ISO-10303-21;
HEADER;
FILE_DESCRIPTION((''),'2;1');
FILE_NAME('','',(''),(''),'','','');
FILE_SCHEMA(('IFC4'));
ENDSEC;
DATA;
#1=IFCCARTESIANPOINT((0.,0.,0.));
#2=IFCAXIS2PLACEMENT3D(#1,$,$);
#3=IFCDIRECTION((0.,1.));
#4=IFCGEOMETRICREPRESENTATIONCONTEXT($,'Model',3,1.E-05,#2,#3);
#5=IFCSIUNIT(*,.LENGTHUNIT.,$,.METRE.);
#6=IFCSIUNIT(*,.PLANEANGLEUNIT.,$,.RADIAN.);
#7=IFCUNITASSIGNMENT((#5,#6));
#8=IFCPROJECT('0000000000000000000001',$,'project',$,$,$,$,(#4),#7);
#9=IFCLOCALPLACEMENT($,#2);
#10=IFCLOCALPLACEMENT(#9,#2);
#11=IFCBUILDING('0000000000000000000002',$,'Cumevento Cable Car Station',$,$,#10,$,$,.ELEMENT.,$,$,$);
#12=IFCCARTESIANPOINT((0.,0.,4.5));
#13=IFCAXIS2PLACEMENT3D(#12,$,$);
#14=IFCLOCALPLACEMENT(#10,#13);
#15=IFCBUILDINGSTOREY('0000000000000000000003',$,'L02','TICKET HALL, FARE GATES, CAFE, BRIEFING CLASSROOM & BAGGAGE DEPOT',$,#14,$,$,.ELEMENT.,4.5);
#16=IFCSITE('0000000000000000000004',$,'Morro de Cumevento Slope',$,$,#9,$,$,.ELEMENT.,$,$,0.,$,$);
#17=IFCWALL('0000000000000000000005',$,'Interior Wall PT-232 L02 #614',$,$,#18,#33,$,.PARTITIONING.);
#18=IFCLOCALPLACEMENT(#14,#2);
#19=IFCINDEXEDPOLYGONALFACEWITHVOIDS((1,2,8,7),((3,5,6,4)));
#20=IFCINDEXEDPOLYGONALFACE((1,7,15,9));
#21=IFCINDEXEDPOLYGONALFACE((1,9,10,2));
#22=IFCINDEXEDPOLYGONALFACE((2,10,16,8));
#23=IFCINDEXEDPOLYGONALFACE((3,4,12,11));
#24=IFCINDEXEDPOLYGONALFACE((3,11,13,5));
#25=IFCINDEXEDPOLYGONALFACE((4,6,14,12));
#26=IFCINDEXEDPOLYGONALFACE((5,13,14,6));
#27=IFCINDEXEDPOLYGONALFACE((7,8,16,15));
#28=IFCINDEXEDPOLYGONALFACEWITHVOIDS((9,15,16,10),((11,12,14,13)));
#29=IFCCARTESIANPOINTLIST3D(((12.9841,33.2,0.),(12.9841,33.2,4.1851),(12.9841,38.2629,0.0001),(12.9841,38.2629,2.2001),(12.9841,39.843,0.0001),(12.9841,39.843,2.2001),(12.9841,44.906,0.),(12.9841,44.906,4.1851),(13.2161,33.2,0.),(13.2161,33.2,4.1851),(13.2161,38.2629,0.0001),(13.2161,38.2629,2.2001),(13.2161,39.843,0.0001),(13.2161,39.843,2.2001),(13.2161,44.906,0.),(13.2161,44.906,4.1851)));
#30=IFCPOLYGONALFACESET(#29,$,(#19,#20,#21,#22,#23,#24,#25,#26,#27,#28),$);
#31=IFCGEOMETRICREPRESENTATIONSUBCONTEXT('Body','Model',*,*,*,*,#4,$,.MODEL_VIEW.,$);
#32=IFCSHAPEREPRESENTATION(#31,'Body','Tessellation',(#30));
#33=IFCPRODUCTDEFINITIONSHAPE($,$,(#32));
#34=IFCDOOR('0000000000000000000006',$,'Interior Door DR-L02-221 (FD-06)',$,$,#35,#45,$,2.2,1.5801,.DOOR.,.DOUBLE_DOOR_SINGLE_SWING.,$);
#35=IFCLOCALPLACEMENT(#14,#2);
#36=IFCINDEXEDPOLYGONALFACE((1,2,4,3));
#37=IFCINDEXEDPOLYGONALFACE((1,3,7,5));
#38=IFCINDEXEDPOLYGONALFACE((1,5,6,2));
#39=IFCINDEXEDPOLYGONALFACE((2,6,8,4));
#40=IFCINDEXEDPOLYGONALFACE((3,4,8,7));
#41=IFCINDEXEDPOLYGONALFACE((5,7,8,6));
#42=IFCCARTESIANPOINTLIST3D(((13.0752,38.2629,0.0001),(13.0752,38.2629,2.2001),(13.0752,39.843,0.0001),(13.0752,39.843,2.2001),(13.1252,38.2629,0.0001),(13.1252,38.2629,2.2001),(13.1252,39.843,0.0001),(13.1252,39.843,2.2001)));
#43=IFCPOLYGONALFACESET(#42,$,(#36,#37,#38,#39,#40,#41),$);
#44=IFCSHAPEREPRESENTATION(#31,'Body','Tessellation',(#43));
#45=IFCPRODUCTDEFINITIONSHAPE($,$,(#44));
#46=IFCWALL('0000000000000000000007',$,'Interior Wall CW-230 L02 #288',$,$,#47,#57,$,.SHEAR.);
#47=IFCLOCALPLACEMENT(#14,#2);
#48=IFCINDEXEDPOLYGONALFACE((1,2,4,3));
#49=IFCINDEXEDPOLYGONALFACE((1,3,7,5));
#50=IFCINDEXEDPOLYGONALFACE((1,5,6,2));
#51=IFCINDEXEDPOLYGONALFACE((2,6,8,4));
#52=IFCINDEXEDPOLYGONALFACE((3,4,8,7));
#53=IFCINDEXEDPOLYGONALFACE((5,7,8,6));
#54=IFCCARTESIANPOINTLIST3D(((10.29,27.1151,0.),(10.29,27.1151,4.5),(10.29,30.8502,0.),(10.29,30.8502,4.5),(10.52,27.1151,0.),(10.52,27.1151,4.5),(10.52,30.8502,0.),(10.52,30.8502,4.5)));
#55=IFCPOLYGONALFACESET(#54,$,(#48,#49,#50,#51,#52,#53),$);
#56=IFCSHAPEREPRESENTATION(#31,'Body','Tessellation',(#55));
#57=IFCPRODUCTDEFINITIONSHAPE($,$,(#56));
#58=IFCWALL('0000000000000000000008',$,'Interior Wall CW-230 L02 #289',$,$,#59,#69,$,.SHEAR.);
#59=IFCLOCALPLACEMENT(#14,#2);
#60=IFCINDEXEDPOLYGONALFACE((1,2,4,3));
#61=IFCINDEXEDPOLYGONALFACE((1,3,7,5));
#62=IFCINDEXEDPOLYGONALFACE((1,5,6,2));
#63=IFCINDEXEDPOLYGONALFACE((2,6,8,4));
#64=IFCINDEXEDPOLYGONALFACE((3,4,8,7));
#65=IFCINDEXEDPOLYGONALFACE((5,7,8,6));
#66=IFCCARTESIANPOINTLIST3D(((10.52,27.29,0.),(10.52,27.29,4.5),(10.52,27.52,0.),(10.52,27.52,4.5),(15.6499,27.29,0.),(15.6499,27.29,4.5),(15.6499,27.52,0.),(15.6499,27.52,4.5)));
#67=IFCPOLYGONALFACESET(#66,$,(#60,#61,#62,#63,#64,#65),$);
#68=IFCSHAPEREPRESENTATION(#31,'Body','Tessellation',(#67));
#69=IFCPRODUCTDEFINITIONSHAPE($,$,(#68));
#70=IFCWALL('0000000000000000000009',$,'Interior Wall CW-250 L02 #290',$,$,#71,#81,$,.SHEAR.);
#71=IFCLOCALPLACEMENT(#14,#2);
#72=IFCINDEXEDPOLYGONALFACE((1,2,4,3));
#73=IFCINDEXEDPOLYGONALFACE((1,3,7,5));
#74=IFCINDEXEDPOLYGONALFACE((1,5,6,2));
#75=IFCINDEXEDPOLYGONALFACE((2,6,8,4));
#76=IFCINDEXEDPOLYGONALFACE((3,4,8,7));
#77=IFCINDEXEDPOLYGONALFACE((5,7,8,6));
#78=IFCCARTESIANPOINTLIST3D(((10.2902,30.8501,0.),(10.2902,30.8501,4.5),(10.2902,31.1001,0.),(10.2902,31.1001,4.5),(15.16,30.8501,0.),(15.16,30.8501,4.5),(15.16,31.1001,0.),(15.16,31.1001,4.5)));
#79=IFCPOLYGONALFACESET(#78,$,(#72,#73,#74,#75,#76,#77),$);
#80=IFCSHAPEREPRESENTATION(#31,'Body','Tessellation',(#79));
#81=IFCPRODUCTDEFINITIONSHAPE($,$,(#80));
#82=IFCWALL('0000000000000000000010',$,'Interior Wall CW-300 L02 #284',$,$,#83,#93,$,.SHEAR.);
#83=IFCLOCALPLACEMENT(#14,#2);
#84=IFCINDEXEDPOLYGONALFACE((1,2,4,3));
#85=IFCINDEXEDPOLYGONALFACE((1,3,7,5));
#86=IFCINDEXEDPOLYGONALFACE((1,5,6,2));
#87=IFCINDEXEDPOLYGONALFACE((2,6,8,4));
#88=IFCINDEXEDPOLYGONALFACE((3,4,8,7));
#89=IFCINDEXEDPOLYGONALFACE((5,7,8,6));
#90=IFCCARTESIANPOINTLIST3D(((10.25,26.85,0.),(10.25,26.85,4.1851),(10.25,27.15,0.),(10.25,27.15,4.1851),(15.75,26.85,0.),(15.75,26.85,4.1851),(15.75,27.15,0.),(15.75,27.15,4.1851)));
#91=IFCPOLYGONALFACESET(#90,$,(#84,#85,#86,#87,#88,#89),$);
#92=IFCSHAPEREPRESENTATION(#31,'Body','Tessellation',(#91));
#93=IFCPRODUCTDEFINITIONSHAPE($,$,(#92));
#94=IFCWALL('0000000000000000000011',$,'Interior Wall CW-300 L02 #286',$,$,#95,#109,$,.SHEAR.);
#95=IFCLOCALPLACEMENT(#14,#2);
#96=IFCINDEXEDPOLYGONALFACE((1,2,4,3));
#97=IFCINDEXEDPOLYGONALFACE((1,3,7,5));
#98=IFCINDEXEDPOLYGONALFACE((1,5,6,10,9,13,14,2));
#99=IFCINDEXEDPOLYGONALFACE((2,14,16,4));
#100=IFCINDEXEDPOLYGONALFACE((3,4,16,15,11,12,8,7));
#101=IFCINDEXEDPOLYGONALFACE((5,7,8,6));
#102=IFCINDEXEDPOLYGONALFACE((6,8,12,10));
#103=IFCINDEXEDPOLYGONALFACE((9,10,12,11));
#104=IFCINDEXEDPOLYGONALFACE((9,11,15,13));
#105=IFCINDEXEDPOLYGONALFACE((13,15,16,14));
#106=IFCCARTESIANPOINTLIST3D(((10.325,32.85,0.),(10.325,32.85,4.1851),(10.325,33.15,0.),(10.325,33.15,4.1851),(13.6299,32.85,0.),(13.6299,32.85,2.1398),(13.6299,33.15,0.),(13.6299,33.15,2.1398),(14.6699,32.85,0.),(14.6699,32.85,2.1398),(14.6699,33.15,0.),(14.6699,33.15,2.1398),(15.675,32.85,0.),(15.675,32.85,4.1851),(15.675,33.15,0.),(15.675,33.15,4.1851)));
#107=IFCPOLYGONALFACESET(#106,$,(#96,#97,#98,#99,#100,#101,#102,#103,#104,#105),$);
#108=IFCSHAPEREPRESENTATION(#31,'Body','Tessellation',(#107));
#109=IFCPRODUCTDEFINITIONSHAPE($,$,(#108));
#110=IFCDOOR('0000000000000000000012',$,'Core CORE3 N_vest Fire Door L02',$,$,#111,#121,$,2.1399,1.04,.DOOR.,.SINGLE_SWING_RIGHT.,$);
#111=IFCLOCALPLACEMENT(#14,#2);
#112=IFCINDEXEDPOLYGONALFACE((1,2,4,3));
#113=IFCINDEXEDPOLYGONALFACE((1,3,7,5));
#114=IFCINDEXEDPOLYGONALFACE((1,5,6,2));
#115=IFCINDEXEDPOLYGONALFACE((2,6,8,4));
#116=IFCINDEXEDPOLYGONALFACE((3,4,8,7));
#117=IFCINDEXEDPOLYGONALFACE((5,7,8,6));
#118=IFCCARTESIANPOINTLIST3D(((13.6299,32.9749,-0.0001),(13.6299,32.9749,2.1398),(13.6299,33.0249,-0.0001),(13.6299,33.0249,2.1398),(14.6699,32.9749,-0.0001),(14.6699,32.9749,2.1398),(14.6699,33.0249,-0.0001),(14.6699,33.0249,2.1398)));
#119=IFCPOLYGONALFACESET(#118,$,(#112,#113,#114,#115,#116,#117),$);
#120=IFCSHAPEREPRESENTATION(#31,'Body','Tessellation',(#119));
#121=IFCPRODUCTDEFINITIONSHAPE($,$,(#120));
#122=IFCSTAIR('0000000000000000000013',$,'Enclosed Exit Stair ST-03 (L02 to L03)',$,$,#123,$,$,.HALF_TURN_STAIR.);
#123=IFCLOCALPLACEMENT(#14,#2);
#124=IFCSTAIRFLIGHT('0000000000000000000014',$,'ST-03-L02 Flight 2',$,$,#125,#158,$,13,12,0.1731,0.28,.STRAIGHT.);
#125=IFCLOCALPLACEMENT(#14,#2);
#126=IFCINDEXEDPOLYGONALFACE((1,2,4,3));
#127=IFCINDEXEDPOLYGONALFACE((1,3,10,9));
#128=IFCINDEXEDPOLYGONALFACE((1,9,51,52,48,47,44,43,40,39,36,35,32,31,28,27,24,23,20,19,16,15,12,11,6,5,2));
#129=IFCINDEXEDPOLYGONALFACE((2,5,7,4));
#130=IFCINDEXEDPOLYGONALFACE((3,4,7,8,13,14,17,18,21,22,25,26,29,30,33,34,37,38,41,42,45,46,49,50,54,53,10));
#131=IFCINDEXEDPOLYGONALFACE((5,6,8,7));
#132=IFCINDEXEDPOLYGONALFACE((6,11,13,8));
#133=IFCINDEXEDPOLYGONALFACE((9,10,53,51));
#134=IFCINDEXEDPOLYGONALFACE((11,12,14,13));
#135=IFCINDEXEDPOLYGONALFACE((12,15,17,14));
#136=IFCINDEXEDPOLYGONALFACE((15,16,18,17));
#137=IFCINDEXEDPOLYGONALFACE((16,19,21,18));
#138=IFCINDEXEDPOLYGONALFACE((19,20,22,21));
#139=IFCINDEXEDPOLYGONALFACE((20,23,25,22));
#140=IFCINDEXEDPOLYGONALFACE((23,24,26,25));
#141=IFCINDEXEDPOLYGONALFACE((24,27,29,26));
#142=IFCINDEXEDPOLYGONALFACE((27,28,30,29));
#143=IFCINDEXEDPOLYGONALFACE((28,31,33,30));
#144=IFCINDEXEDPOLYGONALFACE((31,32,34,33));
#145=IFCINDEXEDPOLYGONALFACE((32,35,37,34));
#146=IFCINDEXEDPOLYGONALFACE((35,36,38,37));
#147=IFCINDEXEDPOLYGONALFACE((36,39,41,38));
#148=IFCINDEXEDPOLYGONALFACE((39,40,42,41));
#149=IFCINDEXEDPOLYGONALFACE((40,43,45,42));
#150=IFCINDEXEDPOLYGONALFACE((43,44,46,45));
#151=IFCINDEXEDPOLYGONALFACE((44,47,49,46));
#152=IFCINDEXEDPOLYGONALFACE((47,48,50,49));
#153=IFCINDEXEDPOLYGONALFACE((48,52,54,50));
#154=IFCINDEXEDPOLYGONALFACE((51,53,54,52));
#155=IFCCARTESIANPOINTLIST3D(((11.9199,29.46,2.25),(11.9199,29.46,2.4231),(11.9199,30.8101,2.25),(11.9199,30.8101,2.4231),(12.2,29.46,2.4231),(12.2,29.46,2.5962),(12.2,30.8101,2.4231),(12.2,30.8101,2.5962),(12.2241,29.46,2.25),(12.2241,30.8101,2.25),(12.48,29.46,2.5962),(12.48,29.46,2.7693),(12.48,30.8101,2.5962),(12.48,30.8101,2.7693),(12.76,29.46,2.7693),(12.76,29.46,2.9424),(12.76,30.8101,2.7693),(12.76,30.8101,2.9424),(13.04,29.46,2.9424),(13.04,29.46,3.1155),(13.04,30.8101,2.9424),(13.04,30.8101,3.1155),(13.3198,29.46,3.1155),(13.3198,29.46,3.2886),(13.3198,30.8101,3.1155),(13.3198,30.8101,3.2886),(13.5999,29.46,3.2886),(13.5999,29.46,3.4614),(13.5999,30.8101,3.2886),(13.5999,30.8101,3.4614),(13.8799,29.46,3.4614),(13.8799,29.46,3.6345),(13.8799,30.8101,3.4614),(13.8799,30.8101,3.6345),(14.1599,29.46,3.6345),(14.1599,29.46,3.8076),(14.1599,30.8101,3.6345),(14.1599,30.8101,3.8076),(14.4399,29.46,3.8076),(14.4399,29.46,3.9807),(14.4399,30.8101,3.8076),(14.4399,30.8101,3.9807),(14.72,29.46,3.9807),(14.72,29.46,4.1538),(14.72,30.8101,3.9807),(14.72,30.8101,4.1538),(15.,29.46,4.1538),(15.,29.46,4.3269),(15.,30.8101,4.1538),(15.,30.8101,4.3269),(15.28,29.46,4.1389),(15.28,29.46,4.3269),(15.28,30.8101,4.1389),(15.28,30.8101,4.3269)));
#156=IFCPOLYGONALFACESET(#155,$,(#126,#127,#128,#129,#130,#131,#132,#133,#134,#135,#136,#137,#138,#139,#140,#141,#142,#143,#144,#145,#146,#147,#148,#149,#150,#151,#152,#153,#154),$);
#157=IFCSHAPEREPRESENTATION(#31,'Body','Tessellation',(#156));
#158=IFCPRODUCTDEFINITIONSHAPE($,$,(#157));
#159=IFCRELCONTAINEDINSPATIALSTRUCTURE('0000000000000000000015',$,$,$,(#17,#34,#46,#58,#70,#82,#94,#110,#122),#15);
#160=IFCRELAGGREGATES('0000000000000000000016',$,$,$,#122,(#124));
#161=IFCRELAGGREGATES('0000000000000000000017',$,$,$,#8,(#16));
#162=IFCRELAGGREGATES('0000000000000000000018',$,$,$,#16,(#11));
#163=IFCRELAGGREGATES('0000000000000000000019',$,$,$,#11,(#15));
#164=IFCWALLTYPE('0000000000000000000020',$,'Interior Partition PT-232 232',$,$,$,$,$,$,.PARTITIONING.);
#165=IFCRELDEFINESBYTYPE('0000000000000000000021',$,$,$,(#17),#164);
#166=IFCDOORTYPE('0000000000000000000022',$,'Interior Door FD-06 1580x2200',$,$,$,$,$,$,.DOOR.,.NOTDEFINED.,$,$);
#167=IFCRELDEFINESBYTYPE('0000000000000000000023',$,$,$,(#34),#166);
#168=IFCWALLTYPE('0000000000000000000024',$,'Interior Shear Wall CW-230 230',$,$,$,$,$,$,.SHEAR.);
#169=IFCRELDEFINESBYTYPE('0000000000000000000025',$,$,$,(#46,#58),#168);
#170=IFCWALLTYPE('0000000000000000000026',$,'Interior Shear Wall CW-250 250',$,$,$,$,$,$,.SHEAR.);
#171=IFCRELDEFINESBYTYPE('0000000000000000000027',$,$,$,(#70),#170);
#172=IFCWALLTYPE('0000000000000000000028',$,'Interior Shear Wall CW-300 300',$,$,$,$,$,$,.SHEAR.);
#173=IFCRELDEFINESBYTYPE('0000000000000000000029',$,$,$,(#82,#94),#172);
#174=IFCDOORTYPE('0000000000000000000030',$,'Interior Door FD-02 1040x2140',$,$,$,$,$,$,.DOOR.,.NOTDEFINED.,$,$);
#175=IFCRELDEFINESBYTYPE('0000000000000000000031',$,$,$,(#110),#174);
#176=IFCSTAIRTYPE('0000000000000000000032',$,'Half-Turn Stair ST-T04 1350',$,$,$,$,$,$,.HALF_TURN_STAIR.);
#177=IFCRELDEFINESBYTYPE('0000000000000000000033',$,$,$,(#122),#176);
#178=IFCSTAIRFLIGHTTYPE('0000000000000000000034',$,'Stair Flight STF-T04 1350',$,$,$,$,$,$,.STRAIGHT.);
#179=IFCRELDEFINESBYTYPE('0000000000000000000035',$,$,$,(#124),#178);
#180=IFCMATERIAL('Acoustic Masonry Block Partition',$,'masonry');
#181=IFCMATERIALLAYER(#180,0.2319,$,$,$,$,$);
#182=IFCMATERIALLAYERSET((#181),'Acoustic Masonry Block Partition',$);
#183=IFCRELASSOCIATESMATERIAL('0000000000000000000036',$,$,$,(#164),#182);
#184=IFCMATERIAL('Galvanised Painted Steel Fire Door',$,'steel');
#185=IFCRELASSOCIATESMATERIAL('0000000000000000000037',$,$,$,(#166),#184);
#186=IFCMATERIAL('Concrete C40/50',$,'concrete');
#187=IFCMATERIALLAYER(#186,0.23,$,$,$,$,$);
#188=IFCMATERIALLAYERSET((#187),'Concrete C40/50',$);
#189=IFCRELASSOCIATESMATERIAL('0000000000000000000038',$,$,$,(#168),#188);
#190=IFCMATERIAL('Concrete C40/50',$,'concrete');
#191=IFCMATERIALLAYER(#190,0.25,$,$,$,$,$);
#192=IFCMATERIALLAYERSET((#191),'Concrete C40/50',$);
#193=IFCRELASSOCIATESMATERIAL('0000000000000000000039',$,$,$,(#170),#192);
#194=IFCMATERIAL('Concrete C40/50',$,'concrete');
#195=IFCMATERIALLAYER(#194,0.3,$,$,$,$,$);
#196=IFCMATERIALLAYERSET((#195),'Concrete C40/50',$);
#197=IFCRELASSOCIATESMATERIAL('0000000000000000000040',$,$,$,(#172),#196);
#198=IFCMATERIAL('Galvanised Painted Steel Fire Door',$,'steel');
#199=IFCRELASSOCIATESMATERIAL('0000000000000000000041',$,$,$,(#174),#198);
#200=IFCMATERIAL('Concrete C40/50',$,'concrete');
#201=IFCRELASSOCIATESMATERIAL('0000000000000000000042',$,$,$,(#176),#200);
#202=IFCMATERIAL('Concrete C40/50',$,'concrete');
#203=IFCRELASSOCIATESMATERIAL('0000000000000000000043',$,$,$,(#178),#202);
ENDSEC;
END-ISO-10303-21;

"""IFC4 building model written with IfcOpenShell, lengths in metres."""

from ifc_helpers import new_model, si_unit, direction, frame, frame_2d, origin, place, context, subcontext, project, spatial, polyline, rectangle, outline, extrude, material, layer, layer_set, type_object, element, fill, aggregate, save


model = new_model("IFC4")

# Units and contexts
model_context = context("Model", 3, precision=1e-05, world=origin(), true_north=direction((0.0, 1.0)))
body_context = subcontext(model_context, "Body", "Model", "MODEL_VIEW")
ifc_project = project(units=[si_unit("LENGTHUNIT", "METRE"), si_unit("PLANEANGLEUNIT", "RADIAN")], contexts=[model_context])

# Site, building, storey
site_placement = place(None, origin())
site = spatial("IfcSite", under=ifc_project, at=site_placement, Name="Morro de Cumevento Slope", CompositionType="ELEMENT", RefElevation=0.0)
building_placement = place(site_placement, origin())
building = spatial("IfcBuilding", under=site, at=building_placement, Name="Cumevento Cable Car Station", CompositionType="ELEMENT")
storey_placement = place(building_placement, frame((0.0, 0.0, 4.5)))
storey = spatial("IfcBuildingStorey", under=building, at=storey_placement, Name="L02", Description="TICKET HALL, FARE GATES, CAFE, BRIEFING CLASSROOM & BAGGAGE DEPOT", CompositionType="ELEMENT", Elevation=4.5)

# Wall, opening, door
ifc_material_1 = material(Name="Acoustic Masonry Block Partition", Category="masonry")
ifc_layer_1 = layer(ifc_material_1, 0.2319)
ifc_layer_set_1 = layer_set([ifc_layer_1], Name="Acoustic Masonry Block Partition")
wall_type_1 = type_object("IfcWallType", Name="Interior Partition PT-232 232", PredefinedType="PARTITIONING", material=ifc_layer_set_1)
wall_1_placement = place(storey_placement, frame((13.1001, 33.2, 0.0), z_axis=(0.0, 0.0, 1.0), x_axis=(0.0, 1.0, 0.0)))
wall_1 = element("IfcWall", 1, at=wall_1_placement, inside=storey, type_object=wall_type_1, Name="Interior Wall PT-232 L02 #614", PredefinedType="PARTITIONING", context=body_context, shape_type="SweptSolid", body=[
    extrude(rectangle(XDim=11.7061, YDim=0.2319, at=frame_2d((5.853, 0.0))), origin(), (0.0, 0.0, 1.0), 4.1851),
])
opening_1_placement = place(wall_1_placement, frame((5.063, 0.0, 0.0)))
opening_1 = element("IfcOpeningElement", 2, at=opening_1_placement, cuts=wall_1, PredefinedType="OPENING", context=body_context, shape_type="SweptSolid", body=[
    extrude(rectangle(XDim=1.5801, YDim=2.2, at=frame_2d((0.79, 1.1001))), frame((0.0, 0.126, 0.0), z_axis=(0.0, -1.0, 0.0), x_axis=(1.0, 0.0, 0.0)), (0.0, 0.0, 1.0), 0.252),
])
ifc_material_2 = material(Name="Galvanised Painted Steel Fire Door", Category="steel")
door_type_1 = type_object("IfcDoorType", Name="Interior Door FD-06 1580x2200", OperationType="NOTDEFINED", PredefinedType="DOOR", material=ifc_material_2)
door_1_placement = place(opening_1_placement, origin())
door_1 = element("IfcDoor", 3, at=door_1_placement, inside=storey, type_object=door_type_1, Name="Interior Door DR-L02-221 (FD-06)", OperationType="DOUBLE_DOOR_SINGLE_SWING", OverallHeight=2.2, OverallWidth=1.5801, PredefinedType="DOOR", context=body_context, shape_type="SweptSolid", body=[
    extrude(rectangle(XDim=1.5801, YDim=2.2, at=frame_2d((0.79, 1.1001))), frame((0.0, 0.0249, 0.0), z_axis=(0.0, -1.0, 0.0), x_axis=(1.0, 0.0, 0.0)), (0.0, 0.0, 1.0), 0.05),
])
fill(opening_1, door_1)

# Walls
ifc_material_3 = material(Name="Concrete C40/50", Category="concrete")
ifc_layer_2 = layer(ifc_material_3, 0.23)
ifc_layer_set_2 = layer_set([ifc_layer_2], Name="Concrete C40/50")
wall_type_2 = type_object("IfcWallType", Name="Interior Shear Wall CW-230 230", PredefinedType="SHEAR", material=ifc_layer_set_2)
wall_2_placement = place(storey_placement, frame((10.405, 27.115, 0.0), z_axis=(0.0, 0.0, 1.0), x_axis=(0.0, 1.0, 0.0)))
element("IfcWall", 4, at=wall_2_placement, inside=storey, type_object=wall_type_2, Name="Interior Wall CW-230 L02 #288", PredefinedType="SHEAR", context=body_context, shape_type="SweptSolid", body=[
    extrude(rectangle(XDim=3.7351, YDim=0.23, at=frame_2d((1.8677, 0.0))), origin(), (0.0, 0.0, 1.0), 4.5),
])
wall_3_placement = place(storey_placement, frame((10.52, 27.405, 0.0), z_axis=(0.0, 0.0, 1.0), x_axis=(1.0, 0.0, 0.0)))
element("IfcWall", 5, at=wall_3_placement, inside=storey, type_object=wall_type_2, Name="Interior Wall CW-230 L02 #289", PredefinedType="SHEAR", context=body_context, shape_type="SweptSolid", body=[
    extrude(rectangle(XDim=5.1299, YDim=0.23, at=frame_2d((2.5649, 0.0))), origin(), (0.0, 0.0, 1.0), 4.5),
])
ifc_material_4 = material(Name="Concrete C40/50", Category="concrete")
ifc_layer_3 = layer(ifc_material_4, 0.25)
ifc_layer_set_3 = layer_set([ifc_layer_3], Name="Concrete C40/50")
wall_type_3 = type_object("IfcWallType", Name="Interior Shear Wall CW-250 250", PredefinedType="SHEAR", material=ifc_layer_set_3)
wall_4_placement = place(storey_placement, frame((10.29, 30.9751, 0.0), z_axis=(0.0, 0.0, 1.0), x_axis=(1.0, 0.0, 0.0)))
element("IfcWall", 6, at=wall_4_placement, inside=storey, type_object=wall_type_3, Name="Interior Wall CW-250 L02 #290", PredefinedType="SHEAR", context=body_context, shape_type="SweptSolid", body=[
    extrude(rectangle(XDim=4.8699, YDim=0.25, at=frame_2d((2.4351, 0.0))), origin(), (0.0, 0.0, 1.0), 4.5),
])

# Wall
ifc_material_5 = material(Name="Concrete C40/50", Category="concrete")
ifc_layer_4 = layer(ifc_material_5, 0.3)
ifc_layer_set_4 = layer_set([ifc_layer_4], Name="Concrete C40/50")
wall_type_4 = type_object("IfcWallType", Name="Interior Shear Wall CW-300 300", PredefinedType="SHEAR", material=ifc_layer_set_4)
wall_5_placement = place(storey_placement, frame((10.25, 27.0, 0.0), z_axis=(0.0, 0.0, 1.0), x_axis=(1.0, 0.0, 0.0)))
element("IfcWall", 7, at=wall_5_placement, inside=storey, type_object=wall_type_4, Name="Interior Wall CW-300 L02 #284", PredefinedType="SHEAR", context=body_context, shape_type="SweptSolid", body=[
    extrude(rectangle(XDim=5.5, YDim=0.3, at=frame_2d((2.75, 0.0))), origin(), (0.0, 0.0, 1.0), 4.1851),
])

# Wall, opening, door
wall_6_placement = place(storey_placement, frame((10.325, 33.0, 0.0), z_axis=(0.0, 0.0, 1.0), x_axis=(1.0, 0.0, 0.0)))
wall_6 = element("IfcWall", 8, at=wall_6_placement, inside=storey, type_object=wall_type_4, Name="Interior Wall CW-300 L02 #286", PredefinedType="SHEAR", context=body_context, shape_type="SweptSolid", body=[
    extrude(rectangle(XDim=5.3501, YDim=0.3, at=frame_2d((2.675, 0.0))), origin(), (0.0, 0.0, 1.0), 4.1851),
])
opening_2_placement = place(wall_6_placement, frame((3.3049, 0.0, 0.0)))
opening_2 = element("IfcOpeningElement", 9, at=opening_2_placement, cuts=wall_6, PredefinedType="OPENING", context=body_context, shape_type="SweptSolid", body=[
    extrude(rectangle(XDim=1.04, YDim=2.1399, at=frame_2d((0.52, 1.0698))), frame((0.0, 0.1599, 0.0), z_axis=(0.0, -1.0, 0.0), x_axis=(1.0, 0.0, 0.0)), (0.0, 0.0, 1.0), 0.3201),
])
ifc_material_6 = material(Name="Galvanised Painted Steel Fire Door", Category="steel")
door_type_2 = type_object("IfcDoorType", Name="Interior Door FD-02 1040x2140", OperationType="NOTDEFINED", PredefinedType="DOOR", material=ifc_material_6)
door_2_placement = place(opening_2_placement, origin())
door_2 = element("IfcDoor", 10, at=door_2_placement, inside=storey, type_object=door_type_2, Name="Core CORE3 N_vest Fire Door L02", OperationType="SINGLE_SWING_RIGHT", OverallHeight=2.1399, OverallWidth=1.04, PredefinedType="DOOR", context=body_context, shape_type="SweptSolid", body=[
    extrude(rectangle(XDim=1.04, YDim=2.1399, at=frame_2d((0.52, 1.0698))), frame((0.0, 0.0249, 0.0), z_axis=(0.0, -1.0, 0.0), x_axis=(1.0, 0.0, 0.0)), (0.0, 0.0, 1.0), 0.05),
])
fill(opening_2, door_2)

# Stair, stair flight
ifc_material_7 = material(Name="Concrete C40/50", Category="concrete")
stair_type = type_object("IfcStairType", Name="Half-Turn Stair ST-T04 1350", PredefinedType="HALF_TURN_STAIR", material=ifc_material_7)
stair_placement = place(storey_placement, origin())
stair = element("IfcStair", 11, at=stair_placement, inside=storey, type_object=stair_type, Name="Enclosed Exit Stair ST-03 (L02 to L03)", PredefinedType="HALF_TURN_STAIR")
ifc_material_8 = material(Name="Concrete C40/50", Category="concrete")
stair_flight_type = type_object("IfcStairFlightType", Name="Stair Flight STF-T04 1350", PredefinedType="STRAIGHT", material=ifc_material_8)
stair_flight_placement = place(storey_placement, frame((11.9199, 30.135, 2.25), z_axis=(0.0, 0.0, 1.0), x_axis=(1.0, 0.0, 0.0)))
stair_flight = element("IfcStairFlight", 12, at=stair_flight_placement, type_object=stair_flight_type, Name="ST-03-L02 Flight 2", NumberOfRisers=13, NumberOfTreads=12, PredefinedType="STRAIGHT", RiserHeight=0.1731, TreadLength=0.28, context=body_context, shape_type="SweptSolid", body=[
    extrude(outline(polyline([(0.0, 0.0), (0.0, 0.1731), (0.28, 0.1731), (0.28, 0.3462), (0.5601, 0.3462), (0.5601, 0.5193), (0.8401, 0.5193), (0.8401, 0.6924), (1.1201, 0.6924), (1.1201, 0.8655), (1.3999, 0.8655), (1.3999, 1.0386), (1.6799, 1.0386), (1.6799, 1.2114), (1.96, 1.2114), (1.96, 1.3845), (2.24, 1.3845), (2.24, 1.5576), (2.52, 1.5576), (2.52, 1.7307), (2.8, 1.7307), (2.8, 1.9038), (3.0801, 1.9038), (3.0801, 2.0769), (3.3601, 2.0769), (3.3601, 2.25), (3.3601, 1.8889), (0.3042, 0.0), (0.0, 0.0)])), frame((0.0, 0.675, 0.0), z_axis=(0.0, -1.0, 0.0), x_axis=(1.0, 0.0, 0.0)), (0.0, 0.0, 1.0), 1.3501),
])
aggregate(stair, [stair_flight])

save(model, "model.ifc")
